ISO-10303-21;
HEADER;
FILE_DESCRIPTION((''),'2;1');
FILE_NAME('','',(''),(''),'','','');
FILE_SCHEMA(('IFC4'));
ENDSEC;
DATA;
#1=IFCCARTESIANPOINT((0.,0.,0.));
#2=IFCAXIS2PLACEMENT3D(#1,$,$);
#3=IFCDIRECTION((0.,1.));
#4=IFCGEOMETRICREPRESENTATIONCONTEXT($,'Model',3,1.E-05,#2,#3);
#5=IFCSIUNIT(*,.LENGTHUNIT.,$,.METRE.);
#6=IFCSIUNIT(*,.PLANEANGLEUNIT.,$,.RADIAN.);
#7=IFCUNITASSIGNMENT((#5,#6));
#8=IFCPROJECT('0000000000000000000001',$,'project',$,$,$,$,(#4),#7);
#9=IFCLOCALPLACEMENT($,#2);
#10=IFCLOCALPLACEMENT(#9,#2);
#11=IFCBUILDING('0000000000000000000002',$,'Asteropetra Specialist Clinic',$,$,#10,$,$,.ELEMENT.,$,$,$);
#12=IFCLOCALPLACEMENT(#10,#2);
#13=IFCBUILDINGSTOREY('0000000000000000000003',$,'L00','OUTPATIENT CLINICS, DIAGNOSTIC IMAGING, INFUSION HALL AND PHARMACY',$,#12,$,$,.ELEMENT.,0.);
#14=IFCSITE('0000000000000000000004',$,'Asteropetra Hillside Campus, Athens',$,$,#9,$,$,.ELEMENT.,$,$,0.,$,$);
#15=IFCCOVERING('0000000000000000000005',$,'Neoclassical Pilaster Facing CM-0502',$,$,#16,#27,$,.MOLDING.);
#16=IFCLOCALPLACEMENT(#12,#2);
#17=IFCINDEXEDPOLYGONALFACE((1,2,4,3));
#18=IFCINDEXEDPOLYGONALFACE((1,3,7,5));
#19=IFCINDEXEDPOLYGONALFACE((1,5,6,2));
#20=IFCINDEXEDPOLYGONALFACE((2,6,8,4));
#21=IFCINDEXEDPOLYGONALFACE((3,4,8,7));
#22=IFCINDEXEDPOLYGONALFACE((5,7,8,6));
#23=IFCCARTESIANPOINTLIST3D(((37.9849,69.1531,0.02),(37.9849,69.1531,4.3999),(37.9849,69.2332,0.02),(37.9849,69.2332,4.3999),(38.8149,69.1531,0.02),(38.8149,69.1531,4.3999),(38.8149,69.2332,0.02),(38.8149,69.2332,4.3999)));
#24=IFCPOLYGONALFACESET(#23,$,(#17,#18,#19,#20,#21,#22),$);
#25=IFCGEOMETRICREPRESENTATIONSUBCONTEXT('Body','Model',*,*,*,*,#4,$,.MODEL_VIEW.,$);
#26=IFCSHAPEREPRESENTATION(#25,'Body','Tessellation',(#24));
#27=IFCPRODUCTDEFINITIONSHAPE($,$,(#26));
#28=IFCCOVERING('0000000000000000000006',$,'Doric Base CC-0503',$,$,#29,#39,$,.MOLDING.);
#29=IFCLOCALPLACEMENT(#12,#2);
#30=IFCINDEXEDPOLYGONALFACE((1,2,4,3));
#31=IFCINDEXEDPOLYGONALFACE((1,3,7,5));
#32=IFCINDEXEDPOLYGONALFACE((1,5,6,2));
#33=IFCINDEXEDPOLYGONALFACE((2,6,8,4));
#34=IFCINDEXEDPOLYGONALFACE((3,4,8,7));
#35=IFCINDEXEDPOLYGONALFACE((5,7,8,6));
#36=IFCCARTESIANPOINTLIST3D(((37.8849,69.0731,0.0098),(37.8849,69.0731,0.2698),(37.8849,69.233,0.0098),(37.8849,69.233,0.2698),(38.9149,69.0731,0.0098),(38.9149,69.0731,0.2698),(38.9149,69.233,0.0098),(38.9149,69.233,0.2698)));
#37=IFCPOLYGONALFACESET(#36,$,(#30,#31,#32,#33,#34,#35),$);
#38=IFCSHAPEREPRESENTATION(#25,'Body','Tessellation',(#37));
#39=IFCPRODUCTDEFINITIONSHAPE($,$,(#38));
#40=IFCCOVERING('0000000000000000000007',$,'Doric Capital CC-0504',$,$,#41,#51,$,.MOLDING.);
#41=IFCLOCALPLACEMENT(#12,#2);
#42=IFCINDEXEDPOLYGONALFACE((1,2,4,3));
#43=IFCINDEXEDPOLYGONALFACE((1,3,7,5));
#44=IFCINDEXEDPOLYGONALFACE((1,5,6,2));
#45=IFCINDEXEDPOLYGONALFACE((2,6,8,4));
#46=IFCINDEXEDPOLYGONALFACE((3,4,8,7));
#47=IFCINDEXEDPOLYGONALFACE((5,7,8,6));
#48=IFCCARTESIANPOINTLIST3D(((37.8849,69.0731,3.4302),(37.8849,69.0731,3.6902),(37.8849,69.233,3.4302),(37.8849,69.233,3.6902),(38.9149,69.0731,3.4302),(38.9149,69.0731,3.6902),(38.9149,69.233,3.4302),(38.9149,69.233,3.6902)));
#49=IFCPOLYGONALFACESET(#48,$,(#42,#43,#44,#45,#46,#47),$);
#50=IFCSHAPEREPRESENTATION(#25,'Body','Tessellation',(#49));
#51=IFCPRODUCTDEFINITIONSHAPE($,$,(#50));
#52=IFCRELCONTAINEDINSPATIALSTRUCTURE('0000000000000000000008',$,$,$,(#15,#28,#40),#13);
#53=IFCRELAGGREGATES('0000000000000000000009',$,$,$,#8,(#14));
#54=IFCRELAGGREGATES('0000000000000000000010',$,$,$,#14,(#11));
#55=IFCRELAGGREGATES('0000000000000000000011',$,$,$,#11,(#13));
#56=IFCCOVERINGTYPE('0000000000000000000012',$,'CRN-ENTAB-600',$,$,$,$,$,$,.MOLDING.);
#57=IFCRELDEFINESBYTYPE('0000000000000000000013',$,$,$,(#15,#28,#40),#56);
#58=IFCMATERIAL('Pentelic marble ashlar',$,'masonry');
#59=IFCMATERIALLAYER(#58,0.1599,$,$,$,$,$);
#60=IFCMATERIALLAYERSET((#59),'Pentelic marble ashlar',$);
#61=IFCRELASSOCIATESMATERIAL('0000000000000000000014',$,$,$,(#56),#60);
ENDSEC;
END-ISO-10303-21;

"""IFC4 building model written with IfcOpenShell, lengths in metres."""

from ifc_helpers import new_model, si_unit, direction, frame, origin, origin_2d, place, context, subcontext, project, spatial, rectangle, extrude, material, layer, layer_set, type_object, element, save


model = new_model("IFC4")

# Units and contexts
model_context = context("Model", 3, precision=1e-05, world=origin(), true_north=direction((0.0, 1.0)))
body_context = subcontext(model_context, "Body", "Model", "MODEL_VIEW")
ifc_project = project(units=[si_unit("LENGTHUNIT", "METRE"), si_unit("PLANEANGLEUNIT", "RADIAN")], contexts=[model_context])

# Site, building, storey
site_placement = place(None, origin())
site = spatial("IfcSite", under=ifc_project, at=site_placement, Name="Asteropetra Hillside Campus, Athens", CompositionType="ELEMENT", RefElevation=0.0)
building_placement = place(site_placement, origin())
building = spatial("IfcBuilding", under=site, at=building_placement, Name="Asteropetra Specialist Clinic", CompositionType="ELEMENT")
storey_placement = place(building_placement, origin())
storey = spatial("IfcBuildingStorey", under=building, at=storey_placement, Name="L00", Description="OUTPATIENT CLINICS, DIAGNOSTIC IMAGING, INFUSION HALL AND PHARMACY", CompositionType="ELEMENT", Elevation=0.0)

# Coverings
ifc_material_1 = material(Name="Pentelic marble ashlar", Category="masonry")
ifc_layer_1 = layer(ifc_material_1, 0.1599)
ifc_layer_set_1 = layer_set([ifc_layer_1], Name="Pentelic marble ashlar")
covering_type = type_object("IfcCoveringType", Name="CRN-ENTAB-600", PredefinedType="MOLDING", material=ifc_layer_set_1)
covering_placement = place(storey_placement, frame((38.3999, 69.1931, 0.02), z_axis=(0.0, 0.0, 1.0), x_axis=(1.0, 0.0, 0.0)))
element("IfcCovering", 1, at=covering_placement, inside=storey, type_object=covering_type, Name="Neoclassical Pilaster Facing CM-0502", PredefinedType="MOLDING", context=body_context, shape_type="SweptSolid", body=[
    extrude(rectangle(XDim=0.8301, YDim=0.0801, at=origin_2d()), origin(), (0.0, 0.0, 1.0), 4.3799),
])
for number, where, z_axis, x_axis, name in (
    (2, (38.3999, 69.1531, 0.0098), (0.0, 0.0, 1.0), (1.0, 0.0, 0.0), "Doric Base CC-0503"),
    (3, (38.3999, 69.1531, 3.4302), (0.0, 0.0, 1.0), (1.0, 0.0, 0.0), "Doric Capital CC-0504"),
):
    element("IfcCovering", number, at=place(storey_placement, frame(where, z_axis=z_axis, x_axis=x_axis)), inside=storey, type_object=covering_type, Name=name, PredefinedType="MOLDING", context=body_context, shape_type="SweptSolid", body=[
        extrude(rectangle(XDim=1.03, YDim=0.1599, at=origin_2d()), origin(), (0.0, 0.0, 1.0), 0.26),
    ])

save(model, "model.ifc")
